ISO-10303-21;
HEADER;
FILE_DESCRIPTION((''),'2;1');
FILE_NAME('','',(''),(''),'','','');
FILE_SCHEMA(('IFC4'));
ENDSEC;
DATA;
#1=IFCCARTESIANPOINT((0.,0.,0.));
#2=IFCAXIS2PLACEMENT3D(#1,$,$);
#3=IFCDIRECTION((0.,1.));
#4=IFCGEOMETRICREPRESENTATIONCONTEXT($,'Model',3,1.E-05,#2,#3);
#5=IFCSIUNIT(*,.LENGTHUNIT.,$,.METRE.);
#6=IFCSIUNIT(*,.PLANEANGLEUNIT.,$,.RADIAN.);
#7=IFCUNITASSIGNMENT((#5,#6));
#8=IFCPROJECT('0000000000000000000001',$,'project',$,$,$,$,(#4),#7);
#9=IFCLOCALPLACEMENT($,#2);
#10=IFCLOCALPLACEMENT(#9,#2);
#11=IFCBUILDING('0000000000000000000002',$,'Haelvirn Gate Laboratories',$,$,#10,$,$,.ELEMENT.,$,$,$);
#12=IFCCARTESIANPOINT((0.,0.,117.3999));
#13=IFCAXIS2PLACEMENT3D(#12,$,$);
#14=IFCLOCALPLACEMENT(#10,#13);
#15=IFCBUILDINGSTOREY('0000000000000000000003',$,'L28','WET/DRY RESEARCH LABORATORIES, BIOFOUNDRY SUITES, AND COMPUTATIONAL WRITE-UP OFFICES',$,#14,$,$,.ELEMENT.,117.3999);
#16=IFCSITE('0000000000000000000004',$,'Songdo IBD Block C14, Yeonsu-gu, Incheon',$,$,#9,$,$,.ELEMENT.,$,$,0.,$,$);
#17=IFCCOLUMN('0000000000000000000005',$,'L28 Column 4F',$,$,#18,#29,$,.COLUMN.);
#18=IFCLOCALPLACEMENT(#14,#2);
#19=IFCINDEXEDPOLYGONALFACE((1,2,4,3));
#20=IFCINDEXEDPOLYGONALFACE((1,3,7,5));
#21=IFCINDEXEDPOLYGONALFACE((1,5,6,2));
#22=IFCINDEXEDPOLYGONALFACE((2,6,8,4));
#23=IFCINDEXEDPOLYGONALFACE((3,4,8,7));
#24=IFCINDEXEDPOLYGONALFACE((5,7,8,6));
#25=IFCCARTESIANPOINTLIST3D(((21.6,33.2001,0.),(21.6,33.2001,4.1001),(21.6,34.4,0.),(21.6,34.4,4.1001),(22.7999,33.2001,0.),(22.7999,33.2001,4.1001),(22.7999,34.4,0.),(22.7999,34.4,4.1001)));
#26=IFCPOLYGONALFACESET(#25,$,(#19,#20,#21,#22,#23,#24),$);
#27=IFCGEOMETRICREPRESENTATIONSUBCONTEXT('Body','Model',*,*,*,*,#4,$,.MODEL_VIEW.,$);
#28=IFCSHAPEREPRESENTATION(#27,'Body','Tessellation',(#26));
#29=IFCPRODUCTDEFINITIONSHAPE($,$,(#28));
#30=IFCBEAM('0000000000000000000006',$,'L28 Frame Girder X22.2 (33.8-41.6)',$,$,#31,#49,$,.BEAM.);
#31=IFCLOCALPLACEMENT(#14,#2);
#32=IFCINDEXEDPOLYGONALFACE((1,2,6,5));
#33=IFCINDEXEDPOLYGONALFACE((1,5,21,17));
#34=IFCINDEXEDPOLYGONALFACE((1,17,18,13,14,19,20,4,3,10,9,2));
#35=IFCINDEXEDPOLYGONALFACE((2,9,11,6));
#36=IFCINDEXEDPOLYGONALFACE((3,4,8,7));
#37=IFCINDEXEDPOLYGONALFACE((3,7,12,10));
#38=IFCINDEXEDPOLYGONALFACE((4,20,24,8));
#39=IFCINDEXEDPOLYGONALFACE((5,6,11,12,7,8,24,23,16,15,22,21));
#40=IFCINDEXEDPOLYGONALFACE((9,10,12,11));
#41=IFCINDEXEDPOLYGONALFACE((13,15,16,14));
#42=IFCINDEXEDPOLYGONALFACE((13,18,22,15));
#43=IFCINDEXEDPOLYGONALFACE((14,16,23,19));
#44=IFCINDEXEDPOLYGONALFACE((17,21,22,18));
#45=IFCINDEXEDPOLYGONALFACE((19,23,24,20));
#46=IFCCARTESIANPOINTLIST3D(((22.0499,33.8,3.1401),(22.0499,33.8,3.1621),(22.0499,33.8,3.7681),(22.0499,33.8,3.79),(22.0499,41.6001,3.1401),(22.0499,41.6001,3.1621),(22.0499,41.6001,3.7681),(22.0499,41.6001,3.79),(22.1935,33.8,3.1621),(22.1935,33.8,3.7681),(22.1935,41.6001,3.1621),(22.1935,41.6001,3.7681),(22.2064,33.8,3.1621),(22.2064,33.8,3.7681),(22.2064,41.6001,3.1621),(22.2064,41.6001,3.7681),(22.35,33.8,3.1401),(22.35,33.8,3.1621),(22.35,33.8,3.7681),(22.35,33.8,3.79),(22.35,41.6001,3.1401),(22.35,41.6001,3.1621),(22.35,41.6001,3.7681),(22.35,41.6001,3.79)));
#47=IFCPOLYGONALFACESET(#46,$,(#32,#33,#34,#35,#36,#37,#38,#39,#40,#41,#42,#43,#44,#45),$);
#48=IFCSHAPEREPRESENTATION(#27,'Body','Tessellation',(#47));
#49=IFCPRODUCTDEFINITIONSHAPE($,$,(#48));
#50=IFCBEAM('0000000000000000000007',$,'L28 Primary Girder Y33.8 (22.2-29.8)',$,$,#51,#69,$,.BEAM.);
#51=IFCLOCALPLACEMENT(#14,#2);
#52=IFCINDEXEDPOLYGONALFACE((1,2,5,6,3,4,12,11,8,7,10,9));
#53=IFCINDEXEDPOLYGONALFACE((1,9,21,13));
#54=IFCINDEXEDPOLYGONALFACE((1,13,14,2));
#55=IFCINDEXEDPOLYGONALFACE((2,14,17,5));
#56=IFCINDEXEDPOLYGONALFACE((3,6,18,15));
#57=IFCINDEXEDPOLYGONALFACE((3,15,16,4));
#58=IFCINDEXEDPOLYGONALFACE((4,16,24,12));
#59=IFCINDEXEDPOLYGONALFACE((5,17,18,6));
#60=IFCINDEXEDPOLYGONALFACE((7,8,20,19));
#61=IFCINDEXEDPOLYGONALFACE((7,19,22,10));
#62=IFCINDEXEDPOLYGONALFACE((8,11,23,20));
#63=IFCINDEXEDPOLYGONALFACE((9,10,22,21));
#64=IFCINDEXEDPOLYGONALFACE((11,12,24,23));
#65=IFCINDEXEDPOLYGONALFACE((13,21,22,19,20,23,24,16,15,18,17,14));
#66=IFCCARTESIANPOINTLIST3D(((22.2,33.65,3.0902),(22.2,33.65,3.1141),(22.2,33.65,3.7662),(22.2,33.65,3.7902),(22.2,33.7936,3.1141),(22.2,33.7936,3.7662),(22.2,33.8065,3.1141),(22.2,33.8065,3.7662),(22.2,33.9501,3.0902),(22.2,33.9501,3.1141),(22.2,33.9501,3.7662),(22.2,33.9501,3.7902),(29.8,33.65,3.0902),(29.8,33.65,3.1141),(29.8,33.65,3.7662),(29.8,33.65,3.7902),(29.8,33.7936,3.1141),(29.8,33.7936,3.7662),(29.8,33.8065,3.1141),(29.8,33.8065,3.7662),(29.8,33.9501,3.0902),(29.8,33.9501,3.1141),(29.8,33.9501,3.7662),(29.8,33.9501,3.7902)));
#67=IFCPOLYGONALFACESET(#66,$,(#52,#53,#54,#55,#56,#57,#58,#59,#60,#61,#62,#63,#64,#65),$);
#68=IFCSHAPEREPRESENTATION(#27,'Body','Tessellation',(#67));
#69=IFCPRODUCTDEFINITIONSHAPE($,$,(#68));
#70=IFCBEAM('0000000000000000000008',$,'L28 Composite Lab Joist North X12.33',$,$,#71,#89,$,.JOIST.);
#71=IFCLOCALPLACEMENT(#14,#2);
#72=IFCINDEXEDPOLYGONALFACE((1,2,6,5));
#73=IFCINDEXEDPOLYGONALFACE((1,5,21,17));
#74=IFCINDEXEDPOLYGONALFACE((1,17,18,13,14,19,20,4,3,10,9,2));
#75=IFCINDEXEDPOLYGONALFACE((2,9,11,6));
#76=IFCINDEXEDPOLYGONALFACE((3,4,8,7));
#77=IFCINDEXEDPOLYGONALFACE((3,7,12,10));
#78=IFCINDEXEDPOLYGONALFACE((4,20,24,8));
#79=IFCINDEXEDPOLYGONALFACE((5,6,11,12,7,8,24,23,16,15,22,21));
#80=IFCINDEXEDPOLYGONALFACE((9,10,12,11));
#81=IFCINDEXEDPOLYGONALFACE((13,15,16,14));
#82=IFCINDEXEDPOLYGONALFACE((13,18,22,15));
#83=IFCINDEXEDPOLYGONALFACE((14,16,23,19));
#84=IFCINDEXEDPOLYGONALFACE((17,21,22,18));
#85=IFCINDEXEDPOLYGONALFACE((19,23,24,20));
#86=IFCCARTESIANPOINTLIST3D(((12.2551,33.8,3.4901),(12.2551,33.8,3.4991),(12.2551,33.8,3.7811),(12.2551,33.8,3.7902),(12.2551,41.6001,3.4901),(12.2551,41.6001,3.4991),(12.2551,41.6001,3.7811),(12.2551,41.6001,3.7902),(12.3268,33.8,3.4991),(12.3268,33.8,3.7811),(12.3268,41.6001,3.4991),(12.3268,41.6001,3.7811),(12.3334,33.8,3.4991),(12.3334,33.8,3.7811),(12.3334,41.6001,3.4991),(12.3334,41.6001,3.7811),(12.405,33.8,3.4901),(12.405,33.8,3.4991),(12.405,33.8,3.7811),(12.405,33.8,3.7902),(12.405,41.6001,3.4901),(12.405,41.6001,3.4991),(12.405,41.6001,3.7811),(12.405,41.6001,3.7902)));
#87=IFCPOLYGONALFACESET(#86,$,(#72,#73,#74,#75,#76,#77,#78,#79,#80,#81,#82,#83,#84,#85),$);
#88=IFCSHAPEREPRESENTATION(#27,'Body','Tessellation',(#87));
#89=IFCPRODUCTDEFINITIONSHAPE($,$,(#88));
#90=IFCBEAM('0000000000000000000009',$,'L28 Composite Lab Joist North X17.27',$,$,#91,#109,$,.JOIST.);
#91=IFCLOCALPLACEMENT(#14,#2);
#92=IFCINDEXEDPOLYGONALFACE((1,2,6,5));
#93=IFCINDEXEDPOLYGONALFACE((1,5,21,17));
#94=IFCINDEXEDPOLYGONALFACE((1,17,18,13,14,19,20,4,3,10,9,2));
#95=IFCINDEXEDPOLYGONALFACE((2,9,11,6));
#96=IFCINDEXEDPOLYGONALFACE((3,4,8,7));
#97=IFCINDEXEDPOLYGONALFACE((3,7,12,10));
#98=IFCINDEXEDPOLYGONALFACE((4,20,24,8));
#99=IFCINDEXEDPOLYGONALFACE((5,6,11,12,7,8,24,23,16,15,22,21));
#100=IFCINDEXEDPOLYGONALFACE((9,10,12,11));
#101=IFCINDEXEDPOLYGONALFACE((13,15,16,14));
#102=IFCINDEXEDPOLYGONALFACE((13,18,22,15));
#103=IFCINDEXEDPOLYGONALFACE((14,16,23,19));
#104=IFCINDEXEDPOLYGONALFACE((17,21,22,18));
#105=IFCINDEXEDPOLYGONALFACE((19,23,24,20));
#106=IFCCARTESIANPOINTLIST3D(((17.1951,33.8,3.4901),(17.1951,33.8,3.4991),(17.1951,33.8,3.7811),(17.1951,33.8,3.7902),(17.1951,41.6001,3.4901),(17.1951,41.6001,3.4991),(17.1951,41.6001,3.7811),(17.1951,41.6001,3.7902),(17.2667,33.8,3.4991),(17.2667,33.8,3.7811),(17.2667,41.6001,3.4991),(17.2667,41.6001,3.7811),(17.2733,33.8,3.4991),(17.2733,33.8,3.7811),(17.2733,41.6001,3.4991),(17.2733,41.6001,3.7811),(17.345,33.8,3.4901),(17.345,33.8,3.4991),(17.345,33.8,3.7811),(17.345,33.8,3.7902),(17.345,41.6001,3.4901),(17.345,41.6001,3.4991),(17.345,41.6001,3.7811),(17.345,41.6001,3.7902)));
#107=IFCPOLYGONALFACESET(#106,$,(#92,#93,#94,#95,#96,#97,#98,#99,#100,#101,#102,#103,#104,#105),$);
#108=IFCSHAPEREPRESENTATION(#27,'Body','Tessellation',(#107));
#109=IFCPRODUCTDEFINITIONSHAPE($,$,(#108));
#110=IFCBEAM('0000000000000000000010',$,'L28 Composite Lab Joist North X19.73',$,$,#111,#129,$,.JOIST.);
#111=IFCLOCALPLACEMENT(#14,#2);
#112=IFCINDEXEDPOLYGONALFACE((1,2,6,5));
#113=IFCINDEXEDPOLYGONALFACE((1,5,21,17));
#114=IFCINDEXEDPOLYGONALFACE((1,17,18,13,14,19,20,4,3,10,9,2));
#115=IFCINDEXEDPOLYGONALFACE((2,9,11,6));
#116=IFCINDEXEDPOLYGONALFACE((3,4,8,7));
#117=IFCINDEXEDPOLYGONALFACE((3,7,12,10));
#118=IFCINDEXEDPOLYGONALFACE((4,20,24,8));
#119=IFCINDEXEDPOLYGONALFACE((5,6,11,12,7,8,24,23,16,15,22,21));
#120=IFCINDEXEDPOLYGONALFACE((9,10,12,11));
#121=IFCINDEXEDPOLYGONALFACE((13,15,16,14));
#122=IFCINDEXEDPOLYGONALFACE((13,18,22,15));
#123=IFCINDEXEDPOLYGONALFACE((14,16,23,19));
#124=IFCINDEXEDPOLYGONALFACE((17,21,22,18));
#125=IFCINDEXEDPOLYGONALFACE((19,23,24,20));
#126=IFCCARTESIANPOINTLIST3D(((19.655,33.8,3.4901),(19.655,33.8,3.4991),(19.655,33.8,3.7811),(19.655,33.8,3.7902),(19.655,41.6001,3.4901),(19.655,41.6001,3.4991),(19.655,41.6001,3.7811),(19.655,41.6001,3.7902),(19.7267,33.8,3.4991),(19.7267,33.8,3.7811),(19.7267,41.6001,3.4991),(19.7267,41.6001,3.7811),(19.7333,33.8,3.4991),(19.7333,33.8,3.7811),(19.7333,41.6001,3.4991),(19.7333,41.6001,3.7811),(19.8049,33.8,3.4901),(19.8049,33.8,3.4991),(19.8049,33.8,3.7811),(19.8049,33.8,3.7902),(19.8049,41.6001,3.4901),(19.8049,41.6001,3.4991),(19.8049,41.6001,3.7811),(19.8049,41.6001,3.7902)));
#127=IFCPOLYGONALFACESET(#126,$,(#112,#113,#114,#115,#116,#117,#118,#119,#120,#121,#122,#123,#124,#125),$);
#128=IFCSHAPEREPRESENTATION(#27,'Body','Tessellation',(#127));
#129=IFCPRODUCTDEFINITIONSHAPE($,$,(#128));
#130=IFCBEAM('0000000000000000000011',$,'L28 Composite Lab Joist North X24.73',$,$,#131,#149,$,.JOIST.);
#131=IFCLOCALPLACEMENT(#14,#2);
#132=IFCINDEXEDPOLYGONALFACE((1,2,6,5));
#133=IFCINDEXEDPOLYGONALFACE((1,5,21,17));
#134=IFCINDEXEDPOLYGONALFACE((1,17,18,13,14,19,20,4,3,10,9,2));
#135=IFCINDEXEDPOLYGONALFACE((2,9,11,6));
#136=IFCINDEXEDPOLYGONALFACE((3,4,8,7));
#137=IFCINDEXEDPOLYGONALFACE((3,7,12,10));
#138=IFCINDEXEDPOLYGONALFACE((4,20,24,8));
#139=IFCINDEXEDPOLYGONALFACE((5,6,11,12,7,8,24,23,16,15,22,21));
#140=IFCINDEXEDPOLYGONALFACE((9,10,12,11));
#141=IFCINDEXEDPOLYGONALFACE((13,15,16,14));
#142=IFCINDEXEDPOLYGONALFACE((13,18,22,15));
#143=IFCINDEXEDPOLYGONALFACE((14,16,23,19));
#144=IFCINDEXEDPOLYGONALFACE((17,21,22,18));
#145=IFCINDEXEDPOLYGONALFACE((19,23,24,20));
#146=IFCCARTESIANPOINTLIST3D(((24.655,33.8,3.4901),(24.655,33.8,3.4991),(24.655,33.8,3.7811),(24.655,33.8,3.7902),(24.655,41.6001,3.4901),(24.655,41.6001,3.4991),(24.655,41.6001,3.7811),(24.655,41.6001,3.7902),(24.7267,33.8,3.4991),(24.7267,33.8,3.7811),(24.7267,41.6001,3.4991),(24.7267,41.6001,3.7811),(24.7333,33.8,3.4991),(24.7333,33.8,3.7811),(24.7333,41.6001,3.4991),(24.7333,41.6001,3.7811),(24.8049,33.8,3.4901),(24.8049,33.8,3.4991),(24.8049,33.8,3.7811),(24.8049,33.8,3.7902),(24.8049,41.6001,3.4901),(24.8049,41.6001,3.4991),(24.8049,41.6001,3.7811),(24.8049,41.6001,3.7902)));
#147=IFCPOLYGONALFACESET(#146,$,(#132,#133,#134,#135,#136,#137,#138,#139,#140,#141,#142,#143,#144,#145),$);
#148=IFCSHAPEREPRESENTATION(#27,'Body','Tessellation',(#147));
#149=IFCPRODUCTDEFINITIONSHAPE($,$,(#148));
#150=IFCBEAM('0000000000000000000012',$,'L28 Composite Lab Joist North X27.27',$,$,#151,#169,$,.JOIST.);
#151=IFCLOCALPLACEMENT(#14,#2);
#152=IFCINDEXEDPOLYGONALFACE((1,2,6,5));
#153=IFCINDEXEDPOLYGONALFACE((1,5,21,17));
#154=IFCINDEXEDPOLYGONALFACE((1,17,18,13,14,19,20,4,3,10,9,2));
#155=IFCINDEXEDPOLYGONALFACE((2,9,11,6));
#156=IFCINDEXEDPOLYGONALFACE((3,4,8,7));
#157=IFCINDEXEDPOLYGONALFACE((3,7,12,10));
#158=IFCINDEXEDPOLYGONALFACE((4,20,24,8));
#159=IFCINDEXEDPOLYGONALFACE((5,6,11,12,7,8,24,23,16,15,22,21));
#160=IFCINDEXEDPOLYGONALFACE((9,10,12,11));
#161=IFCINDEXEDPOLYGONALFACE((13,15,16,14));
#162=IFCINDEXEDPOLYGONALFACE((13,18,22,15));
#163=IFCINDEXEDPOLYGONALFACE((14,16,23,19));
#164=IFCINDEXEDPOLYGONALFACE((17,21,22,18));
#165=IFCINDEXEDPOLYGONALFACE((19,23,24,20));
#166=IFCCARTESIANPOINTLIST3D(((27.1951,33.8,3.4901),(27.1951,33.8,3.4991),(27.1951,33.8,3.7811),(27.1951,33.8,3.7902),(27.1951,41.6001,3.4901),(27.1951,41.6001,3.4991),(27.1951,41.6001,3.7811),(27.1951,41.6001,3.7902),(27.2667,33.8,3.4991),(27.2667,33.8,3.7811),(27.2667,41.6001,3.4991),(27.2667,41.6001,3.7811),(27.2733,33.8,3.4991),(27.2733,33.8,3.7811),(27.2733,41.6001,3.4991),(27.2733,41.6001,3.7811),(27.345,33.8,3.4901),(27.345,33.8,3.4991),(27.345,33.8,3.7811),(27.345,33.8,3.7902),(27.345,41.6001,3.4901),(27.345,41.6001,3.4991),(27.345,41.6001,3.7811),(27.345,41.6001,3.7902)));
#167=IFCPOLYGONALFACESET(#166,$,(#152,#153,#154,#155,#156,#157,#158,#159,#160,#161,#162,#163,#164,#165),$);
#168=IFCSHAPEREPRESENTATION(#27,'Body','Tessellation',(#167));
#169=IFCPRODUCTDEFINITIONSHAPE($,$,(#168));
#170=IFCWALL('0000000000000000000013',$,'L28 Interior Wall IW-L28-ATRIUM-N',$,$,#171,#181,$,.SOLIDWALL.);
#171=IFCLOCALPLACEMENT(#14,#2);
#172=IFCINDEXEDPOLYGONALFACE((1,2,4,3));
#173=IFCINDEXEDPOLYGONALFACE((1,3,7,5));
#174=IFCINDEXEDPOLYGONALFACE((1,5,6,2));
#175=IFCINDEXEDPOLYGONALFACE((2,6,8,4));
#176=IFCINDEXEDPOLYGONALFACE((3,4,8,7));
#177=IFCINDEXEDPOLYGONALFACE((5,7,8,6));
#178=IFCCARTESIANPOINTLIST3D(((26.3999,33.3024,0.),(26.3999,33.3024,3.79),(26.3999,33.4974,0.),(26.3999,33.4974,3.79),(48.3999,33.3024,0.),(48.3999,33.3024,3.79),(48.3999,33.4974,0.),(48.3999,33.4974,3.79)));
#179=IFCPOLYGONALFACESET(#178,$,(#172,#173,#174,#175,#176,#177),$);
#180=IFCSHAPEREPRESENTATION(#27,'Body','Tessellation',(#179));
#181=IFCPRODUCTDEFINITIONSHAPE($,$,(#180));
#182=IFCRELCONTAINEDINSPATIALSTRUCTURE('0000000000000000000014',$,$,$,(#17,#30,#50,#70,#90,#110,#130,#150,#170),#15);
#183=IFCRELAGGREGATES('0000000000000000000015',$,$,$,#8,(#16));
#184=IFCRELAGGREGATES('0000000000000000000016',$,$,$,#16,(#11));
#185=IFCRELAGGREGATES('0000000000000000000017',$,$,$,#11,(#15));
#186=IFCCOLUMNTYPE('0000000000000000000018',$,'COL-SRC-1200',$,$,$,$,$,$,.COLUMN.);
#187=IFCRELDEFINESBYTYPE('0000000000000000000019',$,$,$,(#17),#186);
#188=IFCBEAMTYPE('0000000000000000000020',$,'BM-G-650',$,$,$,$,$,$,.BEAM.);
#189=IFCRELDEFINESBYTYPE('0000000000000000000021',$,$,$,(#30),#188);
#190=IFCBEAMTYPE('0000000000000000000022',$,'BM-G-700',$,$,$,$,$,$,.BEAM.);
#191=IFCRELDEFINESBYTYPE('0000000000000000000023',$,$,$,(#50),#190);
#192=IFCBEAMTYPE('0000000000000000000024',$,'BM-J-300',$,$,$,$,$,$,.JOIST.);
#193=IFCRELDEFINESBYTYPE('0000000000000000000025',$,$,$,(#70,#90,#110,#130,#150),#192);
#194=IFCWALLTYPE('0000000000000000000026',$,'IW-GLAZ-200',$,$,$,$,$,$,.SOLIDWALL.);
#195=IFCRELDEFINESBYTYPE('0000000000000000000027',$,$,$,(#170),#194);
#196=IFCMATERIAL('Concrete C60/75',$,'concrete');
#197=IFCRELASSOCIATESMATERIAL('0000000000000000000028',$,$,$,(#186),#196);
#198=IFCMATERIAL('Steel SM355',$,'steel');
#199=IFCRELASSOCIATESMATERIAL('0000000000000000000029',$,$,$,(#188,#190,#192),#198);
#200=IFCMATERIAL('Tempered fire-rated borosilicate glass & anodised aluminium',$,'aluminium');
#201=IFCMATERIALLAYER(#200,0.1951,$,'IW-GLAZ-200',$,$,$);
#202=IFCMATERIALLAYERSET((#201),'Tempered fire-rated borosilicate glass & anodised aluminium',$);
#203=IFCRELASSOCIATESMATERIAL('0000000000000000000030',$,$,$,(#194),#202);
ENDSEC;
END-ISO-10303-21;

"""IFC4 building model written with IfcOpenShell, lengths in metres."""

from ifc_helpers import new_model, si_unit, direction, frame, frame_2d, origin, origin_2d, place, context, subcontext, project, spatial, rectangle, i_section, extrude, source, transform, mapped, material, layer, layer_set, material_profile, profile_set, type_object, type_shapes, element, save


model = new_model("IFC4")

# Units and contexts
model_context = context("Model", 3, precision=1e-05, world=origin(), true_north=direction((0.0, 1.0)))
body_context = subcontext(model_context, "Body", "Model", "MODEL_VIEW")
ifc_project = project(units=[si_unit("LENGTHUNIT", "METRE"), si_unit("PLANEANGLEUNIT", "RADIAN")], contexts=[model_context])

# Site, building, storey
site_placement = place(None, origin())
site = spatial("IfcSite", under=ifc_project, at=site_placement, Name="Songdo IBD Block C14, Yeonsu-gu, Incheon", CompositionType="ELEMENT", RefElevation=0.0)
building_placement = place(site_placement, origin())
building = spatial("IfcBuilding", under=site, at=building_placement, Name="Haelvirn Gate Laboratories", CompositionType="ELEMENT")
storey_placement = place(building_placement, frame((0.0, 0.0, 117.3999)))
storey = spatial("IfcBuildingStorey", under=building, at=storey_placement, Name="L28", Description="WET/DRY RESEARCH LABORATORIES, BIOFOUNDRY SUITES, AND COMPUTATIONAL WRITE-UP OFFICES", CompositionType="ELEMENT", Elevation=117.3999)

# Column
ifc_material_1 = material(Name="Concrete C60/75", Category="concrete")
ifc_material_profile_1 = material_profile(ifc_material_1, rectangle(XDim=1.2, YDim=1.2, at=origin_2d()), Name="SRC-1200x1200")
ifc_profile_set_1 = profile_set([ifc_material_profile_1], Name="Concrete C60/75")
column_type = type_object("IfcColumnType", Name="COL-SRC-1200", PredefinedType="COLUMN", material=ifc_profile_set_1)
shared_shape_1 = source(origin(), body_context, "Body", "SweptSolid", [
    extrude(rectangle(XDim=1.2, YDim=1.2, at=origin_2d()), origin(), (0.0, 0.0, 1.0), 4.1001),
])
type_shapes(column_type, [shared_shape_1])
column_placement = place(storey_placement, frame((22.2, 33.8, 0.0), z_axis=(0.0, 0.0, 1.0), x_axis=(1.0, 0.0, 0.0)))
element("IfcColumn", 1, at=column_placement, inside=storey, type_object=column_type, Name="L28 Column 4F", PredefinedType="COLUMN", context=body_context, shape_type="MappedRepresentation", body=[
    mapped(shared_shape_1, transform((0.0, 0.0, 0.0), scale=1.0)),
])

# Beams
ifc_material_2 = material(Name="Steel SM355", Category="steel")
ifc_material_profile_2 = material_profile(ifc_material_2, i_section(OverallWidth=0.3, OverallDepth=0.6499, WebThickness=0.0129, FlangeThickness=0.022, at=origin_2d()), Name="H-650x300x13x22")
ifc_profile_set_2 = profile_set([ifc_material_profile_2], Name="Steel SM355")
beam_type_1 = type_object("IfcBeamType", Name="BM-G-650", PredefinedType="BEAM", material=ifc_profile_set_2)
shared_shape_2 = source(origin(), body_context, "Body", "SweptSolid", [
    extrude(i_section(OverallWidth=0.3, OverallDepth=0.6499, WebThickness=0.0129, FlangeThickness=0.022, at=origin_2d()), origin(), (0.0, 0.0, 1.0), 7.8),
])
type_shapes(beam_type_1, [shared_shape_2])
beam_1_placement = place(storey_placement, frame((22.2, 33.8, 3.4651), z_axis=(0.0, 1.0, 0.0), x_axis=(-1.0, 0.0, 0.0)))
element("IfcBeam", 2, at=beam_1_placement, inside=storey, type_object=beam_type_1, Name="L28 Frame Girder X22.2 (33.8-41.6)", PredefinedType="BEAM", context=body_context, shape_type="MappedRepresentation", body=[
    mapped(shared_shape_2, transform((0.0, 0.0, 0.0), scale=1.0)),
])
ifc_material_profile_3 = material_profile(ifc_material_2, i_section(OverallWidth=0.3, OverallDepth=0.7, WebThickness=0.0129, FlangeThickness=0.0239, at=origin_2d()), Name="H-700x300x13x24")
ifc_profile_set_3 = profile_set([ifc_material_profile_3], Name="Steel SM355")
beam_type_2 = type_object("IfcBeamType", Name="BM-G-700", PredefinedType="BEAM", material=ifc_profile_set_3)
shared_shape_3 = source(origin(), body_context, "Body", "SweptSolid", [
    extrude(i_section(OverallWidth=0.3, OverallDepth=0.7, WebThickness=0.0129, FlangeThickness=0.0239, at=origin_2d()), origin(), (0.0, 0.0, 1.0), 7.6001),
])
type_shapes(beam_type_2, [shared_shape_3])
beam_2_placement = place(storey_placement, frame((22.2, 33.8, 3.4402), z_axis=(1.0, 0.0, 0.0), x_axis=(0.0, 1.0, 0.0)))
element("IfcBeam", 3, at=beam_2_placement, inside=storey, type_object=beam_type_2, Name="L28 Primary Girder Y33.8 (22.2-29.8)", PredefinedType="BEAM", context=body_context, shape_type="MappedRepresentation", body=[
    mapped(shared_shape_3, transform((0.0, 0.0, 0.0), scale=1.0)),
])
ifc_material_profile_4 = material_profile(ifc_material_2, i_section(OverallWidth=0.1499, OverallDepth=0.3, WebThickness=0.0066, FlangeThickness=0.009, at=origin_2d()), Name="H-300x150x6.5x9")
ifc_profile_set_4 = profile_set([ifc_material_profile_4], Name="Steel SM355")
beam_type_3 = type_object("IfcBeamType", Name="BM-J-300", PredefinedType="JOIST", material=ifc_profile_set_4)
shared_shape_4 = source(origin(), body_context, "Body", "SweptSolid", [
    extrude(i_section(OverallWidth=0.1499, OverallDepth=0.3, WebThickness=0.0066, FlangeThickness=0.009, at=origin_2d()), origin(), (0.0, 0.0, 1.0), 7.8),
])
type_shapes(beam_type_3, [shared_shape_4])
for number, where, z_axis, x_axis, name in (
    (4, (12.3301, 33.8, 3.6401), (0.0, 1.0, 0.0), (-1.0, 0.0, 0.0), "L28 Composite Lab Joist North X12.33"),
    (5, (17.27, 33.8, 3.6401), (0.0, 1.0, 0.0), (-1.0, 0.0, 0.0), "L28 Composite Lab Joist North X17.27"),
    (6, (19.73, 33.8, 3.6401), (0.0, 1.0, 0.0), (-1.0, 0.0, 0.0), "L28 Composite Lab Joist North X19.73"),
    (7, (24.73, 33.8, 3.6401), (0.0, 1.0, 0.0), (-1.0, 0.0, 0.0), "L28 Composite Lab Joist North X24.73"),
    (8, (27.27, 33.8, 3.6401), (0.0, 1.0, 0.0), (-1.0, 0.0, 0.0), "L28 Composite Lab Joist North X27.27"),
):
    element("IfcBeam", number, at=place(storey_placement, frame(where, z_axis=z_axis, x_axis=x_axis)), inside=storey, type_object=beam_type_3, Name=name, PredefinedType="JOIST", context=body_context, shape_type="MappedRepresentation", body=[
        mapped(shared_shape_4, transform((0.0, 0.0, 0.0), scale=1.0)),
    ])

# Wall
ifc_material_3 = material(Name="Tempered fire-rated borosilicate glass & anodised aluminium", Category="aluminium")
ifc_layer_1 = layer(ifc_material_3, 0.1951, Name="IW-GLAZ-200")
ifc_layer_set_1 = layer_set([ifc_layer_1], Name="Tempered fire-rated borosilicate glass & anodised aluminium")
wall_type_1 = type_object("IfcWallType", Name="IW-GLAZ-200", PredefinedType="SOLIDWALL", material=ifc_layer_set_1)
wall_1_placement = place(storey_placement, frame((26.3999, 33.3999, 0.0), z_axis=(0.0, 0.0, 1.0), x_axis=(1.0, 0.0, 0.0)))
element("IfcWall", 9, at=wall_1_placement, inside=storey, type_object=wall_type_1, Name="L28 Interior Wall IW-L28-ATRIUM-N", PredefinedType="SOLIDWALL", context=body_context, shape_type="SweptSolid", body=[
    extrude(rectangle(XDim=22.0, YDim=0.1951, at=frame_2d((11.0, 0.0))), origin(), (0.0, 0.0, 1.0), 3.79),
])

save(model, "model.ifc")
